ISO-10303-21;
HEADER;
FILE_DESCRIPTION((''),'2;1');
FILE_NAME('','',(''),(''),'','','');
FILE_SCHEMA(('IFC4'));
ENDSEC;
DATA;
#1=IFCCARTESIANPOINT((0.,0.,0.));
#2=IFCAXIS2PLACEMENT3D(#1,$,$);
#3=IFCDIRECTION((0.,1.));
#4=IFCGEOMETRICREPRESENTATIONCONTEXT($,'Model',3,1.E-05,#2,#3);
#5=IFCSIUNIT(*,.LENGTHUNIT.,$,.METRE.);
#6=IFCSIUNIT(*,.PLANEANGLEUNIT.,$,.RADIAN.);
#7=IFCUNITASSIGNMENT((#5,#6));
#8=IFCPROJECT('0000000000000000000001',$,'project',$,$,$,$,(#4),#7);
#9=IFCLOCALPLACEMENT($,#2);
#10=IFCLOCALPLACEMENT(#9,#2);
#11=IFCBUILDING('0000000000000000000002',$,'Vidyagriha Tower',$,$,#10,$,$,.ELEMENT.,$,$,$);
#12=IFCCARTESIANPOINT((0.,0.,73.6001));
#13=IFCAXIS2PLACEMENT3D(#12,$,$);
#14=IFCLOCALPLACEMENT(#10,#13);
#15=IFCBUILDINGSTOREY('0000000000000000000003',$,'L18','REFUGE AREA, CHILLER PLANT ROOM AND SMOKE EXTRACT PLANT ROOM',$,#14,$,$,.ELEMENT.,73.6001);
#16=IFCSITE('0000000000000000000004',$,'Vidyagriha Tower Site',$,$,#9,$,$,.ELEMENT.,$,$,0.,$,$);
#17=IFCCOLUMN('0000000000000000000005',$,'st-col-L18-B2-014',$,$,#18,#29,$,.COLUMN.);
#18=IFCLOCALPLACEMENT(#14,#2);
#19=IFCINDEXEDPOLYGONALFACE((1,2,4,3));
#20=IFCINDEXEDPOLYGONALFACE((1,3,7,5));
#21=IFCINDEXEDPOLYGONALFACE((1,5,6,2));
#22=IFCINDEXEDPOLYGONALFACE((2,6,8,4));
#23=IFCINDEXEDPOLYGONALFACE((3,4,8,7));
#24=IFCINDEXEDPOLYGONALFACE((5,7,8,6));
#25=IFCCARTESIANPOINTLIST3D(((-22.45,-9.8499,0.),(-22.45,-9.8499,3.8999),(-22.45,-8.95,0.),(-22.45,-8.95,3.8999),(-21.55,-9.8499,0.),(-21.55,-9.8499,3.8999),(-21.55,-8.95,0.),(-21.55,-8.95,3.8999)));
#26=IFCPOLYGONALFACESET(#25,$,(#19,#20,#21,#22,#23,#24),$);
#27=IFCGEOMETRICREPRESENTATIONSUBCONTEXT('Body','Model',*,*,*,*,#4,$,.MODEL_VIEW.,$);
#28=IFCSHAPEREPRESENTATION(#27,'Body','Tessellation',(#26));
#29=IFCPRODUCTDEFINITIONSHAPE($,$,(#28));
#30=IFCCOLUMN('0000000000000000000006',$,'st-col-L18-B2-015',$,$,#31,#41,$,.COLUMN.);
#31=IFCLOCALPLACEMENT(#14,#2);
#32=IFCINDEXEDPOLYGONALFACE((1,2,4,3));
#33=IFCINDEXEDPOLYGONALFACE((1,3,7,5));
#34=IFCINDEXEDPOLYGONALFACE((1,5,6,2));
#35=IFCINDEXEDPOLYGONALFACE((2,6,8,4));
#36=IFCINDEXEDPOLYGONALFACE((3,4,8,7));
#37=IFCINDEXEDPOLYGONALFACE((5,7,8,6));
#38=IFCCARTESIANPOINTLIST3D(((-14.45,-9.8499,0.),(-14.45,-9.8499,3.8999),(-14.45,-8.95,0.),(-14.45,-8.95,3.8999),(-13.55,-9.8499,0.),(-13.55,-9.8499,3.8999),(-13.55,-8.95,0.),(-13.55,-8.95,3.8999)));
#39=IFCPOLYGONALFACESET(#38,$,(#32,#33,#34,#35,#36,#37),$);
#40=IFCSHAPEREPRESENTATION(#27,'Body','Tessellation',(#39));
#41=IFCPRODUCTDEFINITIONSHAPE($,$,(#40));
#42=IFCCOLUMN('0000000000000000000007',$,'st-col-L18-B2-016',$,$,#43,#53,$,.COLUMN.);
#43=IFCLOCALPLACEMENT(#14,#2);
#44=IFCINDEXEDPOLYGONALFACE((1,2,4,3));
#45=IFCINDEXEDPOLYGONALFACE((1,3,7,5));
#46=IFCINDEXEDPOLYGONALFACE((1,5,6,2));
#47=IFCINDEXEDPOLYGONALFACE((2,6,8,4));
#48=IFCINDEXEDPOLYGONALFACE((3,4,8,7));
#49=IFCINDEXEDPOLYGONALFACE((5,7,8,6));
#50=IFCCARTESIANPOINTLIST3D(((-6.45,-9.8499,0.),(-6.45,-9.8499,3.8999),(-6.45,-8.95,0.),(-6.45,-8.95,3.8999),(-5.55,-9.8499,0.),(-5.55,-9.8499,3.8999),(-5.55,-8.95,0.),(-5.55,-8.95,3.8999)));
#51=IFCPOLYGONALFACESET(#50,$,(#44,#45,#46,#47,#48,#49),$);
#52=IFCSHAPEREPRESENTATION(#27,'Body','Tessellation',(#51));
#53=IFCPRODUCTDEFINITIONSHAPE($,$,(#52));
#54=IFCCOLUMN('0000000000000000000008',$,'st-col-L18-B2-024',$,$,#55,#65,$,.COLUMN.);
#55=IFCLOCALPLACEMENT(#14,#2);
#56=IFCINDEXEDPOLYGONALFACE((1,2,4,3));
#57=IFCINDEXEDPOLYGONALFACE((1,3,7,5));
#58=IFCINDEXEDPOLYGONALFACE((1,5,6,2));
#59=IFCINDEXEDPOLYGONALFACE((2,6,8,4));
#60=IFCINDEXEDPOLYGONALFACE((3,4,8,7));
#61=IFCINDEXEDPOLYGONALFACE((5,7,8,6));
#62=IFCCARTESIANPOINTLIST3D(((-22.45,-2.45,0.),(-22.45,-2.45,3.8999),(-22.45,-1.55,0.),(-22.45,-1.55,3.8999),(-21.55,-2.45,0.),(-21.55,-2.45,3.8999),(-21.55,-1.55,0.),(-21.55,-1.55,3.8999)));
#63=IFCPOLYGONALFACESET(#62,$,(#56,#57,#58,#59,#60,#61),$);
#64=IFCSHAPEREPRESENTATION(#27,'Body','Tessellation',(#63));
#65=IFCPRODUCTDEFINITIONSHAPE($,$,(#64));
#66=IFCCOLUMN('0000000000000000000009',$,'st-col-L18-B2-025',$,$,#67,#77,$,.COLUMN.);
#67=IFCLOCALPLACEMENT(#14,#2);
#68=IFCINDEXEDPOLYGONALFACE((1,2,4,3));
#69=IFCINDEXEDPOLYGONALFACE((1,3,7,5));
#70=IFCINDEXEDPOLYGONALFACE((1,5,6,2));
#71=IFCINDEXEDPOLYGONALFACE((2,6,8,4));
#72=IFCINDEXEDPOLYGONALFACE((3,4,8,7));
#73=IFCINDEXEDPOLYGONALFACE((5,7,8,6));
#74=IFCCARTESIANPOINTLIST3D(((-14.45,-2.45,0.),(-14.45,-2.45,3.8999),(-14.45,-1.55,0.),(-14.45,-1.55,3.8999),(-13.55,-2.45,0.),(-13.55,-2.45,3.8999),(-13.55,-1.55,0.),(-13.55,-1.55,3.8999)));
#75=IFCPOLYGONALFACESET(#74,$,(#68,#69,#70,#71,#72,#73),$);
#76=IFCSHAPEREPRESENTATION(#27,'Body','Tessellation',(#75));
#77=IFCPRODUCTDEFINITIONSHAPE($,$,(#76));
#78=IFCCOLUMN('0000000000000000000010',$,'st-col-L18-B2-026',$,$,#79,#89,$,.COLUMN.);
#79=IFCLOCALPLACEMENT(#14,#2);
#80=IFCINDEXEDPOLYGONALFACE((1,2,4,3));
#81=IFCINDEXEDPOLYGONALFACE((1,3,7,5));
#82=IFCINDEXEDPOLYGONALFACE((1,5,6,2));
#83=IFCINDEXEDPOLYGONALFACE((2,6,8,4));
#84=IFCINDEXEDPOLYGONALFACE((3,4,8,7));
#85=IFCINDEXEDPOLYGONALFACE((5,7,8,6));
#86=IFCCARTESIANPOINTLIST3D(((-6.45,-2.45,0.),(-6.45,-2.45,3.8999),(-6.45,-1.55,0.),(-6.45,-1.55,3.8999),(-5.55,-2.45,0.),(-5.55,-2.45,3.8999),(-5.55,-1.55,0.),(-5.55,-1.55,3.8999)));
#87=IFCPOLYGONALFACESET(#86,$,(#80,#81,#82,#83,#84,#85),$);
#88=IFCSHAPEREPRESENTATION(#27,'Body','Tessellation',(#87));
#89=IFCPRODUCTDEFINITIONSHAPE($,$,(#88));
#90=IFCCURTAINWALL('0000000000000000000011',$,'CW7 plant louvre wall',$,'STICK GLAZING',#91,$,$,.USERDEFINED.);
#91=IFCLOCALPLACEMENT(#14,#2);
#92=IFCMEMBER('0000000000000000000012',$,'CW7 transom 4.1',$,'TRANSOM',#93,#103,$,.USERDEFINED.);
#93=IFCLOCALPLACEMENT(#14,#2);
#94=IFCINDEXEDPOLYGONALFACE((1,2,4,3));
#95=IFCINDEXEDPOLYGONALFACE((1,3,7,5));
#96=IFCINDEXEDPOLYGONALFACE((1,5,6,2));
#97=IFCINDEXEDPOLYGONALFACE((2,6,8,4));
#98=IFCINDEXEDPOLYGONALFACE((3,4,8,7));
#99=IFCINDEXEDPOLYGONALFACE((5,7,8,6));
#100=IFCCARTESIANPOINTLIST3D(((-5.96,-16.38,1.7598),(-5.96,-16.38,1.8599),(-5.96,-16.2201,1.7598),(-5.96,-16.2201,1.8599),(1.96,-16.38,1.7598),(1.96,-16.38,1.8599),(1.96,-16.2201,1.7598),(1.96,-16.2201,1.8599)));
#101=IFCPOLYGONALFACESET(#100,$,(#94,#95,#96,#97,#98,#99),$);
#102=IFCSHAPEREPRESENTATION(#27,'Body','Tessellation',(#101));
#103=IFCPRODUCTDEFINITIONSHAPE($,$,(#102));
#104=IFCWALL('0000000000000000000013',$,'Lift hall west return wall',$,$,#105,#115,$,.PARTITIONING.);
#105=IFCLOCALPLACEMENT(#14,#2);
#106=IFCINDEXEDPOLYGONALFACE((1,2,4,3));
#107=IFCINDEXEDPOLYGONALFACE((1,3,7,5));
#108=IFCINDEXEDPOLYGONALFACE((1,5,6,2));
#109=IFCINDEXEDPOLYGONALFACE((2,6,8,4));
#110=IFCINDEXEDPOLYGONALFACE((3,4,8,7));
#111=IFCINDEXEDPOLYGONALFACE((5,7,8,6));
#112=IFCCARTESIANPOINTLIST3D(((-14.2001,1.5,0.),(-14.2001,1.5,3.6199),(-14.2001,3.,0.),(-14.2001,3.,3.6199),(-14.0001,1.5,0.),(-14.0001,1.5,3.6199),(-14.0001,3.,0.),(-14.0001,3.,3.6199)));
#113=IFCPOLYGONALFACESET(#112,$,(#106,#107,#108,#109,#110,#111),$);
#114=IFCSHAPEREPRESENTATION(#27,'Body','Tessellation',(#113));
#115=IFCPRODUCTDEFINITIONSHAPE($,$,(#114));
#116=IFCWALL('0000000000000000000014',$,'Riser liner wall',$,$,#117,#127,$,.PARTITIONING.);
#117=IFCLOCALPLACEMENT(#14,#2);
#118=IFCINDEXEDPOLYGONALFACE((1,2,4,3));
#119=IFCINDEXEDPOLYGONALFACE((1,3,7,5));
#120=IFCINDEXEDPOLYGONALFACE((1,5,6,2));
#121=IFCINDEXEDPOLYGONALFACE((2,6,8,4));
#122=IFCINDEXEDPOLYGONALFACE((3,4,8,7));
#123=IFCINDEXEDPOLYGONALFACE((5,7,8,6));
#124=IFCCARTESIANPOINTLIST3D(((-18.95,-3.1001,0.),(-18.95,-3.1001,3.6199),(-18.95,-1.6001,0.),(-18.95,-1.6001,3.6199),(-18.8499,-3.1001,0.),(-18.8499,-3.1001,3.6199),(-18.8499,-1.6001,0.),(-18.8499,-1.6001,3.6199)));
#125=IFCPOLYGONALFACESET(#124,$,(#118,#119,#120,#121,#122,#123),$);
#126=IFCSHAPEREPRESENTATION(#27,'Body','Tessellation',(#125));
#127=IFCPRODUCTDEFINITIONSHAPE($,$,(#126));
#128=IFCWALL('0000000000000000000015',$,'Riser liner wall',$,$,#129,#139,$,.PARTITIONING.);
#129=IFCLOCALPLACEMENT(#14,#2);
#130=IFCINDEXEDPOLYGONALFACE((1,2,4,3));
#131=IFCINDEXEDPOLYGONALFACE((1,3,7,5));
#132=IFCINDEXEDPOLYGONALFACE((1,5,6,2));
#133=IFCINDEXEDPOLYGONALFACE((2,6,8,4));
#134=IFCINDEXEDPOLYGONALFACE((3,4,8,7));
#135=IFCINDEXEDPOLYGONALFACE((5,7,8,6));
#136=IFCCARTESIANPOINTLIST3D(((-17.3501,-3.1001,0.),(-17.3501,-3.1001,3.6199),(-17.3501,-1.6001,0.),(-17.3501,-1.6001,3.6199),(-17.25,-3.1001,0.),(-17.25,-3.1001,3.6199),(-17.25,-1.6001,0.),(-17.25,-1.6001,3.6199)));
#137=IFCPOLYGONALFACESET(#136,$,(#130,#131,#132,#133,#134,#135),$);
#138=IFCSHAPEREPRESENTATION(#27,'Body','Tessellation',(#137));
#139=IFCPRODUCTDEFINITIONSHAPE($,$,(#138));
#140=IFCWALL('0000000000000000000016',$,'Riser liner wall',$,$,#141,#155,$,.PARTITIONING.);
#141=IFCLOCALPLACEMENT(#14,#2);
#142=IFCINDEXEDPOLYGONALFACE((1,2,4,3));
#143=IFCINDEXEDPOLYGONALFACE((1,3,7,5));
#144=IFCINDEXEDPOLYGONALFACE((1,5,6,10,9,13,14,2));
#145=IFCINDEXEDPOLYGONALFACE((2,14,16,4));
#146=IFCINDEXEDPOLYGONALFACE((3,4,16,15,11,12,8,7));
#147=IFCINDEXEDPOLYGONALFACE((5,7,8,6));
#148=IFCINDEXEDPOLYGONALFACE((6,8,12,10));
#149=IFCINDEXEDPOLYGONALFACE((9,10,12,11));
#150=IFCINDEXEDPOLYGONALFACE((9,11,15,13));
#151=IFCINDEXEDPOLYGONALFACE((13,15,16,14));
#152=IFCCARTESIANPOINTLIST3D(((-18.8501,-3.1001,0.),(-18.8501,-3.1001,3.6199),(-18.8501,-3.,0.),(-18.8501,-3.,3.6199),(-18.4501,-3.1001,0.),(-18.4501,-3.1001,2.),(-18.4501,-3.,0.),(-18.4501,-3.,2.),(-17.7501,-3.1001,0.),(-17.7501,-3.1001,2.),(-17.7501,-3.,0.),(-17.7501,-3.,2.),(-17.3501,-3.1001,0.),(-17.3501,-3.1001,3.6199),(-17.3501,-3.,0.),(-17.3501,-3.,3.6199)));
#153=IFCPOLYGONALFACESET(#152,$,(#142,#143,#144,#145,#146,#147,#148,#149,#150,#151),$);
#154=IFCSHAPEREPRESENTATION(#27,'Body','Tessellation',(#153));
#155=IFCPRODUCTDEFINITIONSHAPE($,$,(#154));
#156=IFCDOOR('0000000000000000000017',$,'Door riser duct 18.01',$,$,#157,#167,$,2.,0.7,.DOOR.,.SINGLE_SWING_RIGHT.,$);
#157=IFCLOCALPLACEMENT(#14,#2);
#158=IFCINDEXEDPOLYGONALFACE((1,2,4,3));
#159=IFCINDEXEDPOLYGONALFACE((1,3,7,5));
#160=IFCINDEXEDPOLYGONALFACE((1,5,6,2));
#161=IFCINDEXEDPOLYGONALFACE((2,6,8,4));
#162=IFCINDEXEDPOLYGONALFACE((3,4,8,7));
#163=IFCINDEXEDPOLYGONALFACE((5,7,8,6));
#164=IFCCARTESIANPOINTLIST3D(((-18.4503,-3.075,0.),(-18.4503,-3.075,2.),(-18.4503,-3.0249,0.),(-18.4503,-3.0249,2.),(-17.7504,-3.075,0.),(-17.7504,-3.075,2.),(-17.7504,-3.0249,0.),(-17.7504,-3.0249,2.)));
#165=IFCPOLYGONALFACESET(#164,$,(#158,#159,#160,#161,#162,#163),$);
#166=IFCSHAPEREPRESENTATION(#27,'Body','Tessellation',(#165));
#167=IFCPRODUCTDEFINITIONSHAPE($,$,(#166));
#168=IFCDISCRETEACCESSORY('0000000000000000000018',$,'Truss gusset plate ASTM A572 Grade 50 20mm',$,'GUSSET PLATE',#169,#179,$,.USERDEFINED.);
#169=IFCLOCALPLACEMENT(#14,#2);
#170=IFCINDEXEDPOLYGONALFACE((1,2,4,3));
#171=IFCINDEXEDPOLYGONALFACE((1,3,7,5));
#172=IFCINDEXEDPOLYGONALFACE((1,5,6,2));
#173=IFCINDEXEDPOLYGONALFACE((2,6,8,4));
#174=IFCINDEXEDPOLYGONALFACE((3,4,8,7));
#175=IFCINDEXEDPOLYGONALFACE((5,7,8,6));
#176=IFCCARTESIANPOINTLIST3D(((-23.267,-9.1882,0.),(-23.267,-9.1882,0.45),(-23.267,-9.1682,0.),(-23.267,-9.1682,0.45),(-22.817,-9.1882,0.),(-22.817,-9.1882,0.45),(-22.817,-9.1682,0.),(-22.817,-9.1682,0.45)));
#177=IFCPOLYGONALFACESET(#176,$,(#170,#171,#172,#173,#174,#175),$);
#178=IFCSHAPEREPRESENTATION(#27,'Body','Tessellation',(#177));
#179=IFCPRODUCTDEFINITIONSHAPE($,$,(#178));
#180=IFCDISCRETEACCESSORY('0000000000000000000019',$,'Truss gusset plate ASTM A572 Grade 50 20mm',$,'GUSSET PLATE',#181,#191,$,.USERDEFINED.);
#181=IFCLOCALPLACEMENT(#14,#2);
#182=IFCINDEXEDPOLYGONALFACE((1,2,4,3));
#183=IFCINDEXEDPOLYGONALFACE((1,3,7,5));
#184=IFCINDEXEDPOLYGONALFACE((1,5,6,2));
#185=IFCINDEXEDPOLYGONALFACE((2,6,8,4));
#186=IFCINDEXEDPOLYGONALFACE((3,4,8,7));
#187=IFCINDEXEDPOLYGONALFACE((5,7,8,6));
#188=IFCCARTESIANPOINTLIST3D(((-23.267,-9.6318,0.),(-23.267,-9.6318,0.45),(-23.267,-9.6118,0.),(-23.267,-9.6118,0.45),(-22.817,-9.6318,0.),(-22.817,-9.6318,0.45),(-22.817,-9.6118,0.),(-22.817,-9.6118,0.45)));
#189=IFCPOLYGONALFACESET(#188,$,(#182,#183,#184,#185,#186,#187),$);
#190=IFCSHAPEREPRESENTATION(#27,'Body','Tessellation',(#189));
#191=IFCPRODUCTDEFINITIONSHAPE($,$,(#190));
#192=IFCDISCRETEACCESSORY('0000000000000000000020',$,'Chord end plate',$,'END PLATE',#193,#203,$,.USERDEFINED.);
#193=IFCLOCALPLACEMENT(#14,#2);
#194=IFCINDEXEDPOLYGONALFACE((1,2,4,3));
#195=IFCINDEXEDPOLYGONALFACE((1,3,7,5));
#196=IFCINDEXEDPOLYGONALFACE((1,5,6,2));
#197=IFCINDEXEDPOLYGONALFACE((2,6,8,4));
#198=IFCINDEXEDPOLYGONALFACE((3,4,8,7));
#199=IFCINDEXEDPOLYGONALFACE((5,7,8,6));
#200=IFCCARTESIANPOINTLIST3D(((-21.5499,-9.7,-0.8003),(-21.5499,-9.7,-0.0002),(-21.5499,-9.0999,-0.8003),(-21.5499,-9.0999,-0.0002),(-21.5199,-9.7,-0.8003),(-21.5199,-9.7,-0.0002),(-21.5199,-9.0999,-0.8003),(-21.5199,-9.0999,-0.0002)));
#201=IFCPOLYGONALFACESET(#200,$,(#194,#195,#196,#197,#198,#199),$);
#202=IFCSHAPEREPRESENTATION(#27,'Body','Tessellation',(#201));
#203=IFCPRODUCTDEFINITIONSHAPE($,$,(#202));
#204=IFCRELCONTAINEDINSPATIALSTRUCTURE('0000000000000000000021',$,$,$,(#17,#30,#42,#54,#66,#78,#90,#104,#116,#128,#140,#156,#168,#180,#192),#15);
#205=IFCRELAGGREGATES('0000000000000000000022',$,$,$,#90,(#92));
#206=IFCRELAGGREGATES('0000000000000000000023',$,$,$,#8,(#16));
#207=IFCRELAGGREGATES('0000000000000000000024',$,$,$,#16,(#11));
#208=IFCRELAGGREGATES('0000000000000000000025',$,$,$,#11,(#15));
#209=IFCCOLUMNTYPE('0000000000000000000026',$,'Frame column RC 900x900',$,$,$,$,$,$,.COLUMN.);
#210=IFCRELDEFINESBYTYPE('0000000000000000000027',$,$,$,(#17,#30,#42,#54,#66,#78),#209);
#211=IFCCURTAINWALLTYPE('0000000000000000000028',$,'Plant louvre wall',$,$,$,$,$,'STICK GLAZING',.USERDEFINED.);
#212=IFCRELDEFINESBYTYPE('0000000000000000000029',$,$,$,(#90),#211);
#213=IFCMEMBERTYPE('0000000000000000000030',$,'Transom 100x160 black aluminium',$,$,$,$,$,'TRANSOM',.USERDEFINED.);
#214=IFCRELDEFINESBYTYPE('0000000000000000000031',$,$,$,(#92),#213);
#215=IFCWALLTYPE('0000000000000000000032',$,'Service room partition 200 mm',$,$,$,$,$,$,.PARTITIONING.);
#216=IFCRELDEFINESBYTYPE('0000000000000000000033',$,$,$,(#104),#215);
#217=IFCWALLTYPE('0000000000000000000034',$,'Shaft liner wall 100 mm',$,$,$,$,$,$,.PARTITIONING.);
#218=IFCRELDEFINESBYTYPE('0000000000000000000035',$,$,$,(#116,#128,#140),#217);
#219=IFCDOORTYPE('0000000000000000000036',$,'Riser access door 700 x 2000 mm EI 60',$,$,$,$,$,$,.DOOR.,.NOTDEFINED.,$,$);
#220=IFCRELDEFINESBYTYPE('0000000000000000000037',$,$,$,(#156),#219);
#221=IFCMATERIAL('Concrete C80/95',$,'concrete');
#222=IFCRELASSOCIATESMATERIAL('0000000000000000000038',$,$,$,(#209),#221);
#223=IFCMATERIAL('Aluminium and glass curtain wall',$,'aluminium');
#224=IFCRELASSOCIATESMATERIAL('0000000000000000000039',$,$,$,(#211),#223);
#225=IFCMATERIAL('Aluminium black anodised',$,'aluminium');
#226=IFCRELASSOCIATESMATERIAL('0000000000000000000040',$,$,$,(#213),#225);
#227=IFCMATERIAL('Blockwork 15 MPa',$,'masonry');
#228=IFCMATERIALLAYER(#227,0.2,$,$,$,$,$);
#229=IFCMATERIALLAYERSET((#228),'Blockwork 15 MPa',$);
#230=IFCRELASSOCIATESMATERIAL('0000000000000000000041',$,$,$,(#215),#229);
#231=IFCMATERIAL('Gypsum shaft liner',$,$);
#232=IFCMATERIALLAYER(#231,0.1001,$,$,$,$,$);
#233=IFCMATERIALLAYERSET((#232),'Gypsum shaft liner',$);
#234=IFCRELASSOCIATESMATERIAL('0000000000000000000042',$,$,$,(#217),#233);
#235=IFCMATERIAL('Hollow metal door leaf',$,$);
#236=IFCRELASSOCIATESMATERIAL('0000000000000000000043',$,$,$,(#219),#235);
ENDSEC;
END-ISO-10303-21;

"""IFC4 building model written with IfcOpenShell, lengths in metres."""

from ifc_helpers import new_model, si_unit, direction, frame, frame_2d, origin, origin_2d, place, context, subcontext, project, spatial, rectangle, extrude, material, layer, layer_set, material_profile, profile_set, type_object, element, fill, aggregate, save


model = new_model("IFC4")

# Units and contexts
model_context = context("Model", 3, precision=1e-05, world=origin(), true_north=direction((0.0, 1.0)))
body_context = subcontext(model_context, "Body", "Model", "MODEL_VIEW")
ifc_project = project(units=[si_unit("LENGTHUNIT", "METRE"), si_unit("PLANEANGLEUNIT", "RADIAN")], contexts=[model_context])

# Site, building, storey
site_placement = place(None, origin())
site = spatial("IfcSite", under=ifc_project, at=site_placement, Name="Vidyagriha Tower Site", CompositionType="ELEMENT", RefElevation=0.0)
building_placement = place(site_placement, origin())
building = spatial("IfcBuilding", under=site, at=building_placement, Name="Vidyagriha Tower", CompositionType="ELEMENT")
storey_placement = place(building_placement, frame((0.0, 0.0, 73.6001)))
storey = spatial("IfcBuildingStorey", under=building, at=storey_placement, Name="L18", Description="REFUGE AREA, CHILLER PLANT ROOM AND SMOKE EXTRACT PLANT ROOM", CompositionType="ELEMENT", Elevation=73.6001)

# Columns
ifc_material_1 = material(Name="Concrete C80/95", Category="concrete")
ifc_material_profile_1 = material_profile(ifc_material_1, rectangle(XDim=0.8999, YDim=0.8999, at=origin_2d()), Name="RC 900x900")
ifc_profile_set_1 = profile_set([ifc_material_profile_1], Name="Concrete C80/95")
column_type = type_object("IfcColumnType", Name="Frame column RC 900x900", PredefinedType="COLUMN", material=ifc_profile_set_1)
for number, where, name in (
    (1, (-22.0, -9.3999, 0.0), "st-col-L18-B2-014"),
    (2, (-14.0, -9.3999, 0.0), "st-col-L18-B2-015"),
    (3, (-6.0, -9.3999, 0.0), "st-col-L18-B2-016"),
    (4, (-22.0, -2.0, 0.0), "st-col-L18-B2-024"),
    (5, (-14.0, -2.0, 0.0), "st-col-L18-B2-025"),
    (6, (-6.0, -2.0, 0.0), "st-col-L18-B2-026"),
):
    element("IfcColumn", number, at=place(storey_placement, frame(where)), inside=storey, type_object=column_type, Name=name, PredefinedType="COLUMN", context=body_context, shape_type="SweptSolid", body=[
        extrude(rectangle(XDim=0.8999, YDim=0.8999, at=origin_2d()), origin(), (0.0, 0.0, 1.0), 3.8999),
    ])

# Curtain wall, member
ifc_material_2 = material(Name="Aluminium and glass curtain wall", Category="aluminium")
curtain_wall_type = type_object("IfcCurtainWallType", Name="Plant louvre wall", ElementType="STICK GLAZING", PredefinedType="USERDEFINED", material=ifc_material_2)
curtain_wall_placement = place(storey_placement, origin())
curtain_wall = element("IfcCurtainWall", 7, at=curtain_wall_placement, inside=storey, type_object=curtain_wall_type, Name="CW7 plant louvre wall", ObjectType="STICK GLAZING", PredefinedType="USERDEFINED")
ifc_material_3 = material(Name="Aluminium black anodised", Category="aluminium")
ifc_material_profile_2 = material_profile(ifc_material_3, rectangle(XDim=0.1599, YDim=0.1001, at=origin_2d()), Name="Transom 100x160 black aluminium")
ifc_profile_set_2 = profile_set([ifc_material_profile_2], Name="Aluminium black anodised")
member_type = type_object("IfcMemberType", Name="Transom 100x160 black aluminium", ElementType="TRANSOM", PredefinedType="USERDEFINED", material=ifc_profile_set_2)
member_placement = place(storey_placement, frame((-5.96, -16.3, 1.8098), z_axis=(1.0, 0.0, 0.0), x_axis=(0.0, 1.0, 0.0)))
member = element("IfcMember", 8, at=member_placement, type_object=member_type, Name="CW7 transom 4.1", ObjectType="TRANSOM", PredefinedType="USERDEFINED", context=body_context, shape_type="SweptSolid", body=[
    extrude(rectangle(XDim=0.1599, YDim=0.1001, at=origin_2d()), origin(), (0.0, 0.0, 1.0), 7.9199),
])
aggregate(curtain_wall, [member])

# Walls
ifc_material_4 = material(Name="Blockwork 15 MPa", Category="masonry")
ifc_layer_1 = layer(ifc_material_4, 0.2)
ifc_layer_set_1 = layer_set([ifc_layer_1], Name="Blockwork 15 MPa")
wall_type_1 = type_object("IfcWallType", Name="Service room partition 200 mm", PredefinedType="PARTITIONING", material=ifc_layer_set_1)
wall_1_placement = place(storey_placement, frame((-14.1001, 1.5, 0.0), z_axis=(0.0, 0.0, 1.0), x_axis=(0.0, 1.0, 0.0)))
element("IfcWall", 9, at=wall_1_placement, inside=storey, type_object=wall_type_1, Name="Lift hall west return wall", PredefinedType="PARTITIONING", context=body_context, shape_type="SweptSolid", body=[
    extrude(rectangle(XDim=1.5, YDim=0.2, at=frame_2d((0.75, 0.0))), origin(), (0.0, 0.0, 1.0), 3.6199),
])
ifc_material_5 = material(Name="Gypsum shaft liner")
ifc_layer_2 = layer(ifc_material_5, 0.1001)
ifc_layer_set_2 = layer_set([ifc_layer_2], Name="Gypsum shaft liner")
wall_type_2 = type_object("IfcWallType", Name="Shaft liner wall 100 mm", PredefinedType="PARTITIONING", material=ifc_layer_set_2)
for number, where, z_axis, x_axis, name in (
    (10, (-18.8999, -1.6001, 0.0), (0.0, 0.0, 1.0), (0.0, -1.0, 0.0), "Riser liner wall"),
    (11, (-17.3, -1.6001, 0.0), (0.0, 0.0, 1.0), (0.0, -1.0, 0.0), "Riser liner wall"),
):
    element("IfcWall", number, at=place(storey_placement, frame(where, z_axis=z_axis, x_axis=x_axis)), inside=storey, type_object=wall_type_2, Name=name, PredefinedType="PARTITIONING", context=body_context, shape_type="SweptSolid", body=[
        extrude(rectangle(XDim=1.5, YDim=0.1001, at=frame_2d((0.75, 0.0))), origin(), (0.0, 0.0, 1.0), 3.6199),
    ])

# Wall, opening, door
wall_2_placement = place(storey_placement, frame((-18.8501, -3.05, 0.0)))
wall_2 = element("IfcWall", 12, at=wall_2_placement, inside=storey, type_object=wall_type_2, Name="Riser liner wall", PredefinedType="PARTITIONING", context=body_context, shape_type="SweptSolid", body=[
    extrude(rectangle(XDim=1.5, YDim=0.1001, at=frame_2d((0.75, 0.0))), origin(), (0.0, 0.0, 1.0), 3.6199),
])
opening_placement = place(wall_2_placement, frame((0.3999, 0.0, 0.0)))
opening = element("IfcOpeningElement", 13, at=opening_placement, cuts=wall_2, PredefinedType="OPENING", context=body_context, shape_type="SweptSolid", body=[
    extrude(rectangle(XDim=0.7, YDim=2.0, at=frame_2d((0.3501, 1.0))), frame((0.0, 0.0601, 0.0), z_axis=(0.0, -1.0, 0.0), x_axis=(1.0, 0.0, 0.0)), (0.0, 0.0, 1.0), 0.1201),
])
ifc_material_6 = material(Name="Hollow metal door leaf")
door_type = type_object("IfcDoorType", Name="Riser access door 700 x 2000 mm EI 60", OperationType="NOTDEFINED", PredefinedType="DOOR", material=ifc_material_6)
door_placement = place(opening_placement, frame((0.7, 0.0, 0.0), z_axis=(0.0, 0.0, 1.0), x_axis=(-1.0, 0.0, 0.0)))
door = element("IfcDoor", 14, at=door_placement, inside=storey, type_object=door_type, Name="Door riser duct 18.01", OperationType="SINGLE_SWING_RIGHT", OverallHeight=2.0, OverallWidth=0.7, PredefinedType="DOOR", context=body_context, shape_type="SweptSolid", body=[
    extrude(rectangle(XDim=0.7, YDim=2.0, at=frame_2d((0.3501, 1.0))), frame((0.0, 0.0249, 0.0), z_axis=(0.0, -1.0, 0.0), x_axis=(1.0, 0.0, 0.0)), (0.0, 0.0, 1.0), 0.05),
])
fill(opening, door)

# Discrete accessories
for number, where, name in (
    (15, (-23.042, -9.1782, 0.0), "Truss gusset plate ASTM A572 Grade 50 20mm"),
    (16, (-23.042, -9.6218, 0.0), "Truss gusset plate ASTM A572 Grade 50 20mm"),
):
    element("IfcDiscreteAccessory", number, at=place(storey_placement, frame(where)), inside=storey, Name=name, ObjectType="GUSSET PLATE", PredefinedType="USERDEFINED", context=body_context, shape_type="SweptSolid", body=[
        extrude(rectangle(XDim=0.45, YDim=0.02, at=origin_2d()), origin(), (0.0, 0.0, 1.0), 0.45),
    ])
discrete_accessory_1_placement = place(storey_placement, frame((-21.5349, -9.3999, -0.8003)))
element("IfcDiscreteAccessory", 17, at=discrete_accessory_1_placement, inside=storey, Name="Chord end plate", ObjectType="END PLATE", PredefinedType="USERDEFINED", context=body_context, shape_type="SweptSolid", body=[
    extrude(rectangle(XDim=0.03, YDim=0.6001, at=origin_2d()), origin(), (0.0, 0.0, 1.0), 0.8),
])

save(model, "model.ifc")
